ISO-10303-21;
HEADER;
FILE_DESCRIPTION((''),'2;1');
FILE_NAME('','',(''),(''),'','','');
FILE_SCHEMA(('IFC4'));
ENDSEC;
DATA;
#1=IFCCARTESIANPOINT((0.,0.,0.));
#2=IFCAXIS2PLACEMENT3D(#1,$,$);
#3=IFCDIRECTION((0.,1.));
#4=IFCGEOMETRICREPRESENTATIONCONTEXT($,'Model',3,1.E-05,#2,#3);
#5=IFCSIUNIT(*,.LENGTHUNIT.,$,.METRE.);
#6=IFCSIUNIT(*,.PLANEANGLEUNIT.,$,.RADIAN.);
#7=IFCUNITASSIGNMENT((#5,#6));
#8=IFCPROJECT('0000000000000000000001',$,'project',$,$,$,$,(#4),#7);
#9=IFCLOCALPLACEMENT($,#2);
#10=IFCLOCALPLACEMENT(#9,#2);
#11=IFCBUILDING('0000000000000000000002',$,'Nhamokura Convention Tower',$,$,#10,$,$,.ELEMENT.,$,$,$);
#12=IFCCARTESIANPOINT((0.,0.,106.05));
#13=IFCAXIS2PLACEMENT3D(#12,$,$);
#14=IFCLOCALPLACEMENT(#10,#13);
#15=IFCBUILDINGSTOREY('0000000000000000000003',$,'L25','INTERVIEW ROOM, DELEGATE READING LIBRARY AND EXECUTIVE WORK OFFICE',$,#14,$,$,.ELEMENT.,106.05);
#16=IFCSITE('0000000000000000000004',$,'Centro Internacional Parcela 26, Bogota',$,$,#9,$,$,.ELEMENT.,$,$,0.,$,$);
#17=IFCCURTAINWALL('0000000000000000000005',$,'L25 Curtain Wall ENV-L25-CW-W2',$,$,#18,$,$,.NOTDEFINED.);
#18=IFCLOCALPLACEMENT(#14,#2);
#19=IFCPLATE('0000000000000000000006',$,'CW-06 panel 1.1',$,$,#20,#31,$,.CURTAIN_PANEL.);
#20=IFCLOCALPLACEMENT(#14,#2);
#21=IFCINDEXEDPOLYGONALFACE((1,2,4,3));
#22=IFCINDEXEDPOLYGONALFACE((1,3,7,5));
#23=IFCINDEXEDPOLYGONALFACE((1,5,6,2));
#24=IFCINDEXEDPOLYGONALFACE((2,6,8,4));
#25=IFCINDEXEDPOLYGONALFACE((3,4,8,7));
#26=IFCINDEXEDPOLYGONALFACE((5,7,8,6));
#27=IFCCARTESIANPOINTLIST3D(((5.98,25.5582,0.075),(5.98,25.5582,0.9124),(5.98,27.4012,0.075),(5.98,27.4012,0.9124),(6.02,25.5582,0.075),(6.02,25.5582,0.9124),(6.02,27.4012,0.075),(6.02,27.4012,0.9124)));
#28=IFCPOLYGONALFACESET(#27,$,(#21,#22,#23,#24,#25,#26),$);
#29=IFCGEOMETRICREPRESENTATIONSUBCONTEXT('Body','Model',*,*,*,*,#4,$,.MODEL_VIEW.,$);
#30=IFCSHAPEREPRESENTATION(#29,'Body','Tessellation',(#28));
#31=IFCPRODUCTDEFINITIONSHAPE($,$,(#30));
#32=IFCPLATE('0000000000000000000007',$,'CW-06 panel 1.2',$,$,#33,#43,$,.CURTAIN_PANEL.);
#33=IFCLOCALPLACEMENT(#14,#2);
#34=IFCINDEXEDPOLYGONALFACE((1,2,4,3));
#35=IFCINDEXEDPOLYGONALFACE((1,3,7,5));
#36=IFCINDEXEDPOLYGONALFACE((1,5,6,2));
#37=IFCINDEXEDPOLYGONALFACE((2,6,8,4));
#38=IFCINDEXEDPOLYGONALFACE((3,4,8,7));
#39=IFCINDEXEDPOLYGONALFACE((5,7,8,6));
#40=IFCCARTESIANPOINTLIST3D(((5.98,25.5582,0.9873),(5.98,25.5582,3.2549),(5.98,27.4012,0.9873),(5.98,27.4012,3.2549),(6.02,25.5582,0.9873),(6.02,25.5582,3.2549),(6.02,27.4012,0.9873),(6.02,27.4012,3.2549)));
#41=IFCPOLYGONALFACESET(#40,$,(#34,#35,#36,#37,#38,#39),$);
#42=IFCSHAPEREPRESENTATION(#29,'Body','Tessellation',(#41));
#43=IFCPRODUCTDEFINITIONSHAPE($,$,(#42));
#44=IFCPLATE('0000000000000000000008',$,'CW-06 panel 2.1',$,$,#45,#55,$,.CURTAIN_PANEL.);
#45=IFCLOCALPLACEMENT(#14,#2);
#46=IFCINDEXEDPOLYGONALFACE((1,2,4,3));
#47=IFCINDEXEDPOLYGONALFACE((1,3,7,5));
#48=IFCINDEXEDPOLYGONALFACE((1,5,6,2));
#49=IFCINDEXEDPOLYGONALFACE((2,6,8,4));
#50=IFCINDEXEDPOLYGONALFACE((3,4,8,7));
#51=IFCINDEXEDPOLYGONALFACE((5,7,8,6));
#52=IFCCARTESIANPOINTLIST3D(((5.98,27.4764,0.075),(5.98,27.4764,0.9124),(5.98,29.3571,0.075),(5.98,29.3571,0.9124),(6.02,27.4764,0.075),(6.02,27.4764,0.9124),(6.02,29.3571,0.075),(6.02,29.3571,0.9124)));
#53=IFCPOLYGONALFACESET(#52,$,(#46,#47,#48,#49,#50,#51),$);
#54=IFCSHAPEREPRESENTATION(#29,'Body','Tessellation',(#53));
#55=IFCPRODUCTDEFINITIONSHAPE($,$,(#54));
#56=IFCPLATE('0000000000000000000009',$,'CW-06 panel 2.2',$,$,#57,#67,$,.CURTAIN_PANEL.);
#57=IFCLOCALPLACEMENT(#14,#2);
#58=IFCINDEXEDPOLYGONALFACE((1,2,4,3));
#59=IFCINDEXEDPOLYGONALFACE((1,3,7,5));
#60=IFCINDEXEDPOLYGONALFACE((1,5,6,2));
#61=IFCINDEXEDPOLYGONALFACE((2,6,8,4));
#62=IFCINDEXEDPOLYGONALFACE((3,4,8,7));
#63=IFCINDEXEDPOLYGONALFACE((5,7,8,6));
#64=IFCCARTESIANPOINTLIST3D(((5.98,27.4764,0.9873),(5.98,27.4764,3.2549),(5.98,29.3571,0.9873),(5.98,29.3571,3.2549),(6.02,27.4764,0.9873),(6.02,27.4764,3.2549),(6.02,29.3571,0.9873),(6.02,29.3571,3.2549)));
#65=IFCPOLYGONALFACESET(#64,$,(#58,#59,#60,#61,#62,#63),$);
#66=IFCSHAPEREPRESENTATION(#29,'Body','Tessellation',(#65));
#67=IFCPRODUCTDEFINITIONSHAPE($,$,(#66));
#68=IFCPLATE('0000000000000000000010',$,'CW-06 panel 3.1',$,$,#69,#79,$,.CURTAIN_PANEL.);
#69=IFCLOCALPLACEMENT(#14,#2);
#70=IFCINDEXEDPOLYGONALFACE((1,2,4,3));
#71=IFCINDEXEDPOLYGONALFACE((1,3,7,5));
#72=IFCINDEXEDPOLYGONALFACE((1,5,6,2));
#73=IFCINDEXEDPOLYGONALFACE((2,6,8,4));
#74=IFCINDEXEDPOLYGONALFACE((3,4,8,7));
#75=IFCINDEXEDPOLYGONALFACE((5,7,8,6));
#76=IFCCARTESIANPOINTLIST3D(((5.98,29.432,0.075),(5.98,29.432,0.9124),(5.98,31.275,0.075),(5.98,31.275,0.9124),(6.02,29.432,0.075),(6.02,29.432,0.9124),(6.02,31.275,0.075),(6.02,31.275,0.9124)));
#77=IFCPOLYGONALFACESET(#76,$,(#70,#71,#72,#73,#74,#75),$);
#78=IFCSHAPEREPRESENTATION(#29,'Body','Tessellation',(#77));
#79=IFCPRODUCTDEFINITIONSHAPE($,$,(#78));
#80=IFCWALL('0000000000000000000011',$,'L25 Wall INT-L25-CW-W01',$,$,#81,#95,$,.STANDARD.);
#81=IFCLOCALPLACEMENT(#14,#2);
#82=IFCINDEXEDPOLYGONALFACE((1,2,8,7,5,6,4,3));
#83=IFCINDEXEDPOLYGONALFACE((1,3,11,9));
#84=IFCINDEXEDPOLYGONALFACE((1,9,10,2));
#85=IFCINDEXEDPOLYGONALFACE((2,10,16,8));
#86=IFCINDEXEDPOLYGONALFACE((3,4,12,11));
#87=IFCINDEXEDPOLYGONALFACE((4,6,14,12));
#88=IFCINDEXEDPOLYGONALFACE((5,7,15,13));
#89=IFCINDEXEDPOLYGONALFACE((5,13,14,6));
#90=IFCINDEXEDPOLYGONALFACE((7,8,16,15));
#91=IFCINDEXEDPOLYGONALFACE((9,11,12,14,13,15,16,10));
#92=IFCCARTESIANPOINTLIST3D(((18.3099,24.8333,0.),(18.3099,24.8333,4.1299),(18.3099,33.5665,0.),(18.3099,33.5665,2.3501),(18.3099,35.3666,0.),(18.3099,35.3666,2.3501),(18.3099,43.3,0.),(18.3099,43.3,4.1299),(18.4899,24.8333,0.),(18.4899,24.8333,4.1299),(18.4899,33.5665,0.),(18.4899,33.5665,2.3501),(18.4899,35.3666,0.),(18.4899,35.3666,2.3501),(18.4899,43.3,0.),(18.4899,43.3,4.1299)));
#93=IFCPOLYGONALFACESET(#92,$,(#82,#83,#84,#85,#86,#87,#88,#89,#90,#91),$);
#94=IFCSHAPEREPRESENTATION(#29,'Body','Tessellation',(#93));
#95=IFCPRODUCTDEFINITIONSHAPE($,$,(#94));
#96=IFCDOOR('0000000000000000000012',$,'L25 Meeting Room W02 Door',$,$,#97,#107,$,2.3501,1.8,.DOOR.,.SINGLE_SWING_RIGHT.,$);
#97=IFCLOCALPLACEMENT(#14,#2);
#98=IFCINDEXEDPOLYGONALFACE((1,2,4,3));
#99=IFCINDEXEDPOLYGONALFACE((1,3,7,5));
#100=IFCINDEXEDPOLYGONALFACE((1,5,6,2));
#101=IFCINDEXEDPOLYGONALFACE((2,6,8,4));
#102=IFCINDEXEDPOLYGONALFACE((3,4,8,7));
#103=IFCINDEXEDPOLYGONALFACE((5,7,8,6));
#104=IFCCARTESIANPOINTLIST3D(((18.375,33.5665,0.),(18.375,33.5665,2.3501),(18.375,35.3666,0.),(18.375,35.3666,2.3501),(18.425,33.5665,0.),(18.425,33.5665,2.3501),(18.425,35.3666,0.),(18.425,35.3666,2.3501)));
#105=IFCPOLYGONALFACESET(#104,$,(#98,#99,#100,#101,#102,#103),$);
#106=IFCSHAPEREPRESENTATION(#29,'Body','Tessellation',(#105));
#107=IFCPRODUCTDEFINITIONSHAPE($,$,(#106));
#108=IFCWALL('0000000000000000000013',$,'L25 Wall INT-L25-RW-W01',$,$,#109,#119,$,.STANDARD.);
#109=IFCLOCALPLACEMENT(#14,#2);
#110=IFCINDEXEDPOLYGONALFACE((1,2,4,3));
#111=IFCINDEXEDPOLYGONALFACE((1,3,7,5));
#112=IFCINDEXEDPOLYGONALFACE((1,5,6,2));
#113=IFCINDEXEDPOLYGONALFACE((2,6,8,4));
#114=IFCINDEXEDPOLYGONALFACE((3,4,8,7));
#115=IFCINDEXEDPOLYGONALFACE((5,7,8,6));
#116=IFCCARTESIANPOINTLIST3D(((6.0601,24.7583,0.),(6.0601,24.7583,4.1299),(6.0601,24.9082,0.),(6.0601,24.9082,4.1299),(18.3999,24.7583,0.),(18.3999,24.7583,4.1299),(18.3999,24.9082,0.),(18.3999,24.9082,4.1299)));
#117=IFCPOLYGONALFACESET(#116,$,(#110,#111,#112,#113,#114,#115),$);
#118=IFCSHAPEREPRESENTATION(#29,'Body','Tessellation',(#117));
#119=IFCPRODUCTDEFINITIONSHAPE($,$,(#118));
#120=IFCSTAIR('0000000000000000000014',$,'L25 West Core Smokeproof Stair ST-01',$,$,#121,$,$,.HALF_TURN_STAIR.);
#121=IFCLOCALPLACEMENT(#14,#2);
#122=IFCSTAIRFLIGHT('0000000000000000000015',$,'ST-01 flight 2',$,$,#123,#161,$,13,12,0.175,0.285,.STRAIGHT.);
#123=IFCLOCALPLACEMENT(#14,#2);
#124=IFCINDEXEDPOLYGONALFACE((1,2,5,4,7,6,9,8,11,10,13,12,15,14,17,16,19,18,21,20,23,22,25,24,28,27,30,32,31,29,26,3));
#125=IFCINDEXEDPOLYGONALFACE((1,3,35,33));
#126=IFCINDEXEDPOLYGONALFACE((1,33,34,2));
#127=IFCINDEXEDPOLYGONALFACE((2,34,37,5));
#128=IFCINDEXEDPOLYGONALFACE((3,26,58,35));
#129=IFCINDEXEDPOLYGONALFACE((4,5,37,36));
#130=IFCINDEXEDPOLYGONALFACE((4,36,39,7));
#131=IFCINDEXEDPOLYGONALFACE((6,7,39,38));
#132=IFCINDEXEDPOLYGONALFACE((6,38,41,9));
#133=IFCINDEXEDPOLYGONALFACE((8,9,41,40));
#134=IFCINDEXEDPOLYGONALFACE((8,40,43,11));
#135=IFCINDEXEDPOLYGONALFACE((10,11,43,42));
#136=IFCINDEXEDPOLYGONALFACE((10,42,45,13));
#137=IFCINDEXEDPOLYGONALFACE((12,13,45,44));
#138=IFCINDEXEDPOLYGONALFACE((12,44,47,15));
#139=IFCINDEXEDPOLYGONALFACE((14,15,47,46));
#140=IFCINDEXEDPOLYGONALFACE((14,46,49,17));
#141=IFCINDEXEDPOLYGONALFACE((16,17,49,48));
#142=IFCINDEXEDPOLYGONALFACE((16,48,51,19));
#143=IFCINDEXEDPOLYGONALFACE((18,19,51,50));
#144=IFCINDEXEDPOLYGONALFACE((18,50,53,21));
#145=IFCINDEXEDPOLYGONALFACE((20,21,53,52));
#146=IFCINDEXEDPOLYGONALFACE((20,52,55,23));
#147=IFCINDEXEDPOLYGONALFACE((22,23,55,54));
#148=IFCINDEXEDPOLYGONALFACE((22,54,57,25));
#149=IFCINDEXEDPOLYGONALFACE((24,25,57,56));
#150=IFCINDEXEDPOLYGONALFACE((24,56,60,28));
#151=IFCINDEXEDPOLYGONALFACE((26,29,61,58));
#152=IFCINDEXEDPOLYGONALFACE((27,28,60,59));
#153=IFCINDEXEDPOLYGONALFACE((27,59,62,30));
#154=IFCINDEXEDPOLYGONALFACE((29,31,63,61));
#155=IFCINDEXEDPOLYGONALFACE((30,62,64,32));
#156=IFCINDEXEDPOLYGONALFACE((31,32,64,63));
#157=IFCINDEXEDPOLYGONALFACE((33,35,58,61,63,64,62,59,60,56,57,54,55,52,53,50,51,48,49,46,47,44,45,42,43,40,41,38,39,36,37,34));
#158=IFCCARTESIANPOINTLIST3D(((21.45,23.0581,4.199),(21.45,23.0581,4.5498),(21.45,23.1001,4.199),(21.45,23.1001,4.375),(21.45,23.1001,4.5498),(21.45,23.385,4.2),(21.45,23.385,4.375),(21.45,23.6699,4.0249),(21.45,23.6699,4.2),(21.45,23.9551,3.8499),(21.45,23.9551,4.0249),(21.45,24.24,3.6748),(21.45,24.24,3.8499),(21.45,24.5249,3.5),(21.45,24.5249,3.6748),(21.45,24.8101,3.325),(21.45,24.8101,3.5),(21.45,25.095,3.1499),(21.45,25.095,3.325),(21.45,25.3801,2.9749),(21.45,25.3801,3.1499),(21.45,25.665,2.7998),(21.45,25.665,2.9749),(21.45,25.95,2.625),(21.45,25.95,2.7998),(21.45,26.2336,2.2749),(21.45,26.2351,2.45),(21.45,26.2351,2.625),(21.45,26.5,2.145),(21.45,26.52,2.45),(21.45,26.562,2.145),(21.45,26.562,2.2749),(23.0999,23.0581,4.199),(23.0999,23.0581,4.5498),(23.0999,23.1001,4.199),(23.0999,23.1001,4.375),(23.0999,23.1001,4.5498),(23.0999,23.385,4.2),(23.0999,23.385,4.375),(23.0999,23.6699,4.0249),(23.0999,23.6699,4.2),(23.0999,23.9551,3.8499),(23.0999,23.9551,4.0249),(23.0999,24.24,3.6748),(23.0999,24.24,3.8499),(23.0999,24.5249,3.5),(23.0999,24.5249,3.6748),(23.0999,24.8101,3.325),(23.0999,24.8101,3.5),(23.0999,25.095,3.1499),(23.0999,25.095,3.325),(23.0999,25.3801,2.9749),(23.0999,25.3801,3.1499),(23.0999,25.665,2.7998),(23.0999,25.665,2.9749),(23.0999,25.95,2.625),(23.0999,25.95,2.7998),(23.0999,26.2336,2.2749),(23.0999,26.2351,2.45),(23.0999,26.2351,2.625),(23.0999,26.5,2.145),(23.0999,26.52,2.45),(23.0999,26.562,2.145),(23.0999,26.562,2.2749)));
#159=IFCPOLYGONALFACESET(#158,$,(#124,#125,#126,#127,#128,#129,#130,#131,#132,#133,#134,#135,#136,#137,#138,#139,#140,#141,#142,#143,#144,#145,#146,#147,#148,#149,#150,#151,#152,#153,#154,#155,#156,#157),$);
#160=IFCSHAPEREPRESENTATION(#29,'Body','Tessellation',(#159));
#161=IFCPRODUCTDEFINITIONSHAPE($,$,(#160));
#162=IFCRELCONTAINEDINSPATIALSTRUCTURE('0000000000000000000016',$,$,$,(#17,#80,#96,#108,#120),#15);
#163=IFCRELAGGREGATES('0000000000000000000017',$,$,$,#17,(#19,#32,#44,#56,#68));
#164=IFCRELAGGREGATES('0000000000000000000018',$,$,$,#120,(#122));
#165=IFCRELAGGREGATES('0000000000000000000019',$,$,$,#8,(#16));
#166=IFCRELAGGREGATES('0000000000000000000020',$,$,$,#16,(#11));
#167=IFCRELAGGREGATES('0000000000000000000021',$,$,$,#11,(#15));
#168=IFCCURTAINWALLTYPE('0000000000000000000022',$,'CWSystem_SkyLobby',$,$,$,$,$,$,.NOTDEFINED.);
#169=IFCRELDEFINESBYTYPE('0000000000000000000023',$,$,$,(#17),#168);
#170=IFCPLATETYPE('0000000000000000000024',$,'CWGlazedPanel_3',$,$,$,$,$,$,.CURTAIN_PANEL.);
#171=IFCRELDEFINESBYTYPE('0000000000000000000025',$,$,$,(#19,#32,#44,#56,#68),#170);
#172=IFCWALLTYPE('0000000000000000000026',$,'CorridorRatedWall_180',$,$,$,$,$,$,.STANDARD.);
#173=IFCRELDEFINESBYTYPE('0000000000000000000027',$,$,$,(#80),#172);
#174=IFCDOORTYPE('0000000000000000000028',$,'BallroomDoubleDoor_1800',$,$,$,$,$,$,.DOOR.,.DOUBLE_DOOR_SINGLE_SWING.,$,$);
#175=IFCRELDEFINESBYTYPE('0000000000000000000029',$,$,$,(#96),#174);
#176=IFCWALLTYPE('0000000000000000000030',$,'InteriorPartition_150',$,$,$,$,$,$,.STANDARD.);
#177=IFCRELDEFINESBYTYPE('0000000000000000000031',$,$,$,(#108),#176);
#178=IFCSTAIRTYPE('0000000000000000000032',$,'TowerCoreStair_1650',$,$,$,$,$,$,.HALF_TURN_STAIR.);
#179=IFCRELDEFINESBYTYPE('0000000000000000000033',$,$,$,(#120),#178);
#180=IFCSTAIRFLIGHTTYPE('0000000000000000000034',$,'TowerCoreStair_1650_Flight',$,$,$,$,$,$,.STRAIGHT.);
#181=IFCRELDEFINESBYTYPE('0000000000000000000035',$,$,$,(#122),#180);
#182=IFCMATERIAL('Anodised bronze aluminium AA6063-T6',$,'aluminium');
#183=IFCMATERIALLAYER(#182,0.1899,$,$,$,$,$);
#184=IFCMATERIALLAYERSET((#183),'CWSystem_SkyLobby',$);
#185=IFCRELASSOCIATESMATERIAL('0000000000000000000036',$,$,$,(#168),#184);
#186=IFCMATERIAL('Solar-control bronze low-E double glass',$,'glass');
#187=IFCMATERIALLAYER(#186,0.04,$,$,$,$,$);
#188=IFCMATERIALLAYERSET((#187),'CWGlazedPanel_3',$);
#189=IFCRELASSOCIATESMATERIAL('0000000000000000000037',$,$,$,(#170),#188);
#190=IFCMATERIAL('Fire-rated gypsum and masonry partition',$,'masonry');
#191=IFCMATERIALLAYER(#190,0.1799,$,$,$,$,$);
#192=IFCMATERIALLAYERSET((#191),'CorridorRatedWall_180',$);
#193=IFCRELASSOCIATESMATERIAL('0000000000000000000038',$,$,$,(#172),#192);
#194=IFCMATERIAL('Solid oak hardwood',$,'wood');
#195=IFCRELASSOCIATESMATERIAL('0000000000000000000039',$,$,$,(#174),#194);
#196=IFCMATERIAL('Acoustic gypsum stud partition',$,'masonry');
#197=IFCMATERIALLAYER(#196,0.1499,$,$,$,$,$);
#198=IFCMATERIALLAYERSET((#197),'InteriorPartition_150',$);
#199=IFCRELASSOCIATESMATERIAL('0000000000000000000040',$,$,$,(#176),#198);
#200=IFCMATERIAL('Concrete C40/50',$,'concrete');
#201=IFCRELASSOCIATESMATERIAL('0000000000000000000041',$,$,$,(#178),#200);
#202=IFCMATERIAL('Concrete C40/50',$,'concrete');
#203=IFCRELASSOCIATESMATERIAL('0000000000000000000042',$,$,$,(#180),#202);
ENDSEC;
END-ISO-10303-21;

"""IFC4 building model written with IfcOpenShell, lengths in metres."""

from ifc_helpers import new_model, si_unit, direction, frame, frame_2d, origin, origin_2d, place, context, subcontext, project, spatial, polyline, rectangle, outline, extrude, material, layer, layer_set, type_object, element, fill, aggregate, save


model = new_model("IFC4")

# Units and contexts
model_context = context("Model", 3, precision=1e-05, world=origin(), true_north=direction((0.0, 1.0)))
body_context = subcontext(model_context, "Body", "Model", "MODEL_VIEW")
ifc_project = project(units=[si_unit("LENGTHUNIT", "METRE"), si_unit("PLANEANGLEUNIT", "RADIAN")], contexts=[model_context])

# Site, building, storey
site_placement = place(None, origin())
site = spatial("IfcSite", under=ifc_project, at=site_placement, Name="Centro Internacional Parcela 26, Bogota", CompositionType="ELEMENT", RefElevation=0.0)
building_placement = place(site_placement, origin())
building = spatial("IfcBuilding", under=site, at=building_placement, Name="Nhamokura Convention Tower", CompositionType="ELEMENT")
storey_placement = place(building_placement, frame((0.0, 0.0, 106.05)))
storey = spatial("IfcBuildingStorey", under=building, at=storey_placement, Name="L25", Description="INTERVIEW ROOM, DELEGATE READING LIBRARY AND EXECUTIVE WORK OFFICE", CompositionType="ELEMENT", Elevation=106.05)

# Curtain wall
ifc_material_1 = material(Name="Anodised bronze aluminium AA6063-T6", Category="aluminium")
ifc_layer_1 = layer(ifc_material_1, 0.1899)
ifc_layer_set_1 = layer_set([ifc_layer_1], Name="CWSystem_SkyLobby")
curtain_wall_type = type_object("IfcCurtainWallType", Name="CWSystem_SkyLobby", PredefinedType="NOTDEFINED", material=ifc_layer_set_1)
curtain_wall_placement = place(storey_placement, origin())
curtain_wall = element("IfcCurtainWall", 1, at=curtain_wall_placement, inside=storey, type_object=curtain_wall_type, Name="L25 Curtain Wall ENV-L25-CW-W2", PredefinedType="NOTDEFINED")

# Plates
ifc_material_2 = material(Name="Solar-control bronze low-E double glass", Category="glass")
ifc_layer_2 = layer(ifc_material_2, 0.04)
ifc_layer_set_2 = layer_set([ifc_layer_2], Name="CWGlazedPanel_3")
plate_type = type_object("IfcPlateType", Name="CWGlazedPanel_3", PredefinedType="CURTAIN_PANEL", material=ifc_layer_set_2)
plate_1_placement = place(storey_placement, frame((6.0, 26.4797, 0.075), z_axis=(0.0, 0.0, 1.0), x_axis=(0.0, 1.0, 0.0)))
plate_1 = element("IfcPlate", 2, at=plate_1_placement, type_object=plate_type, Name="CW-06 panel 1.1", PredefinedType="CURTAIN_PANEL", context=body_context, shape_type="SweptSolid", body=[
    extrude(rectangle(XDim=1.843, YDim=0.04, at=origin_2d()), origin(), (0.0, 0.0, 1.0), 0.8374),
])
plate_2_placement = place(storey_placement, frame((6.0, 26.4797, 0.9873), z_axis=(0.0, 0.0, 1.0), x_axis=(0.0, 1.0, 0.0)))
plate_2 = element("IfcPlate", 3, at=plate_2_placement, type_object=plate_type, Name="CW-06 panel 1.2", PredefinedType="CURTAIN_PANEL", context=body_context, shape_type="SweptSolid", body=[
    extrude(rectangle(XDim=1.843, YDim=0.04, at=origin_2d()), origin(), (0.0, 0.0, 1.0), 2.2676),
])
plate_3_placement = place(storey_placement, frame((6.0, 28.4167, 0.075), z_axis=(0.0, 0.0, 1.0), x_axis=(0.0, 1.0, 0.0)))
plate_3 = element("IfcPlate", 4, at=plate_3_placement, type_object=plate_type, Name="CW-06 panel 2.1", PredefinedType="CURTAIN_PANEL", context=body_context, shape_type="SweptSolid", body=[
    extrude(rectangle(XDim=1.8806, YDim=0.04, at=origin_2d()), origin(), (0.0, 0.0, 1.0), 0.8374),
])
plate_4_placement = place(storey_placement, frame((6.0, 28.4167, 0.9873), z_axis=(0.0, 0.0, 1.0), x_axis=(0.0, 1.0, 0.0)))
plate_4 = element("IfcPlate", 5, at=plate_4_placement, type_object=plate_type, Name="CW-06 panel 2.2", PredefinedType="CURTAIN_PANEL", context=body_context, shape_type="SweptSolid", body=[
    extrude(rectangle(XDim=1.8806, YDim=0.04, at=origin_2d()), origin(), (0.0, 0.0, 1.0), 2.2676),
])
plate_5_placement = place(storey_placement, frame((6.0, 30.3535, 0.075), z_axis=(0.0, 0.0, 1.0), x_axis=(0.0, 1.0, 0.0)))
plate_5 = element("IfcPlate", 6, at=plate_5_placement, type_object=plate_type, Name="CW-06 panel 3.1", PredefinedType="CURTAIN_PANEL", context=body_context, shape_type="SweptSolid", body=[
    extrude(rectangle(XDim=1.843, YDim=0.04, at=origin_2d()), origin(), (0.0, 0.0, 1.0), 0.8374),
])
aggregate(curtain_wall, [plate_1, plate_2, plate_3, plate_4, plate_5])

# Wall, opening, door
ifc_material_3 = material(Name="Fire-rated gypsum and masonry partition", Category="masonry")
ifc_layer_3 = layer(ifc_material_3, 0.1799)
ifc_layer_set_3 = layer_set([ifc_layer_3], Name="CorridorRatedWall_180")
wall_type_1 = type_object("IfcWallType", Name="CorridorRatedWall_180", PredefinedType="STANDARD", material=ifc_layer_set_3)
wall_1_placement = place(storey_placement, frame((18.3999, 24.8333, 0.0), z_axis=(0.0, 0.0, 1.0), x_axis=(0.0, 1.0, 0.0)))
wall_1 = element("IfcWall", 7, at=wall_1_placement, inside=storey, type_object=wall_type_1, Name="L25 Wall INT-L25-CW-W01", PredefinedType="STANDARD", context=body_context, shape_type="SweptSolid", body=[
    extrude(rectangle(XDim=18.4668, YDim=0.1799, at=frame_2d((9.2334, 0.0))), origin(), (0.0, 0.0, 1.0), 4.1299),
])
opening_1_placement = place(wall_1_placement, frame((8.7334, 0.0, 0.0)))
opening_1 = element("IfcOpeningElement", 8, at=opening_1_placement, cuts=wall_1, PredefinedType="OPENING", context=body_context, shape_type="SweptSolid", body=[
    extrude(rectangle(XDim=1.8, YDim=2.3501, at=frame_2d((0.8999, 1.175))), frame((0.0, 0.0999, 0.0), z_axis=(0.0, -1.0, 0.0), x_axis=(1.0, 0.0, 0.0)), (0.0, 0.0, 1.0), 0.2),
])
ifc_material_4 = material(Name="Solid oak hardwood", Category="wood")
door_type_1 = type_object("IfcDoorType", Name="BallroomDoubleDoor_1800", OperationType="DOUBLE_DOOR_SINGLE_SWING", PredefinedType="DOOR", material=ifc_material_4)
door_1_placement = place(opening_1_placement, origin())
door_1 = element("IfcDoor", 9, at=door_1_placement, inside=storey, type_object=door_type_1, Name="L25 Meeting Room W02 Door", OperationType="SINGLE_SWING_RIGHT", OverallHeight=2.3501, OverallWidth=1.8, PredefinedType="DOOR", context=body_context, shape_type="SweptSolid", body=[
    extrude(rectangle(XDim=1.8, YDim=2.3501, at=frame_2d((0.8999, 1.175))), frame((0.0, 0.0249, 0.0), z_axis=(0.0, -1.0, 0.0), x_axis=(1.0, 0.0, 0.0)), (0.0, 0.0, 1.0), 0.05),
])
fill(opening_1, door_1)

# Wall
ifc_material_5 = material(Name="Acoustic gypsum stud partition", Category="masonry")
ifc_layer_4 = layer(ifc_material_5, 0.1499)
ifc_layer_set_4 = layer_set([ifc_layer_4], Name="InteriorPartition_150")
wall_type_2 = type_object("IfcWallType", Name="InteriorPartition_150", PredefinedType="STANDARD", material=ifc_layer_set_4)
wall_2_placement = place(storey_placement, frame((6.0601, 24.8333, 0.0), z_axis=(0.0, 0.0, 1.0), x_axis=(1.0, 0.0, 0.0)))
element("IfcWall", 10, at=wall_2_placement, inside=storey, type_object=wall_type_2, Name="L25 Wall INT-L25-RW-W01", PredefinedType="STANDARD", context=body_context, shape_type="SweptSolid", body=[
    extrude(rectangle(XDim=12.3398, YDim=0.1499, at=frame_2d((6.1699, 0.0))), origin(), (0.0, 0.0, 1.0), 4.1299),
])

# Stair, stair flight
ifc_material_6 = material(Name="Concrete C40/50", Category="concrete")
stair_type = type_object("IfcStairType", Name="TowerCoreStair_1650", PredefinedType="HALF_TURN_STAIR", material=ifc_material_6)
stair_placement = place(storey_placement, origin())
stair = element("IfcStair", 11, at=stair_placement, inside=storey, type_object=stair_type, Name="L25 West Core Smokeproof Stair ST-01", PredefinedType="HALF_TURN_STAIR")
ifc_material_7 = material(Name="Concrete C40/50", Category="concrete")
stair_flight_type = type_object("IfcStairFlightType", Name="TowerCoreStair_1650_Flight", PredefinedType="STRAIGHT", material=ifc_material_7)
stair_flight_placement = place(storey_placement, frame((22.2749, 26.52, 2.2749), z_axis=(0.0, 0.0, 1.0), x_axis=(0.0, -1.0, 0.0)))
stair_flight = element("IfcStairFlight", 12, at=stair_flight_placement, type_object=stair_flight_type, Name="ST-01 flight 2", NumberOfRisers=13, NumberOfTreads=12, PredefinedType="STRAIGHT", RiserHeight=0.175, TreadLength=0.285, context=body_context, shape_type="SweptSolid", body=[
    extrude(outline(polyline([(-0.042, 0.0), (0.0, 0.175), (0.2849, 0.175), (0.2849, 0.3501), (0.5701, 0.3501), (0.5701, 0.5249), (0.855, 0.5249), (0.855, 0.7), (1.1399, 0.7), (1.1399, 0.875), (1.425, 0.875), (1.425, 1.05), (1.71, 1.05), (1.71, 1.2251), (1.9951, 1.2251), (1.9951, 1.3999), (2.28, 1.3999), (2.28, 1.575), (2.5649, 1.575), (2.5649, 1.75), (2.8501, 1.75), (2.8501, 1.925), (3.135, 1.925), (3.135, 2.1001), (3.4199, 2.1001), (3.4199, 2.2749), (3.4619, 2.2749), (3.4619, 1.9241), (3.4199, 1.9241), (0.2864, 0.0), (0.02, -0.1299), (-0.042, -0.1299), (-0.042, 0.0)])), frame((0.0, 0.825, 0.0), z_axis=(0.0, -1.0, 0.0), x_axis=(1.0, 0.0, 0.0)), (0.0, 0.0, 1.0), 1.6499),
])
aggregate(stair, [stair_flight])

save(model, "model.ifc")
